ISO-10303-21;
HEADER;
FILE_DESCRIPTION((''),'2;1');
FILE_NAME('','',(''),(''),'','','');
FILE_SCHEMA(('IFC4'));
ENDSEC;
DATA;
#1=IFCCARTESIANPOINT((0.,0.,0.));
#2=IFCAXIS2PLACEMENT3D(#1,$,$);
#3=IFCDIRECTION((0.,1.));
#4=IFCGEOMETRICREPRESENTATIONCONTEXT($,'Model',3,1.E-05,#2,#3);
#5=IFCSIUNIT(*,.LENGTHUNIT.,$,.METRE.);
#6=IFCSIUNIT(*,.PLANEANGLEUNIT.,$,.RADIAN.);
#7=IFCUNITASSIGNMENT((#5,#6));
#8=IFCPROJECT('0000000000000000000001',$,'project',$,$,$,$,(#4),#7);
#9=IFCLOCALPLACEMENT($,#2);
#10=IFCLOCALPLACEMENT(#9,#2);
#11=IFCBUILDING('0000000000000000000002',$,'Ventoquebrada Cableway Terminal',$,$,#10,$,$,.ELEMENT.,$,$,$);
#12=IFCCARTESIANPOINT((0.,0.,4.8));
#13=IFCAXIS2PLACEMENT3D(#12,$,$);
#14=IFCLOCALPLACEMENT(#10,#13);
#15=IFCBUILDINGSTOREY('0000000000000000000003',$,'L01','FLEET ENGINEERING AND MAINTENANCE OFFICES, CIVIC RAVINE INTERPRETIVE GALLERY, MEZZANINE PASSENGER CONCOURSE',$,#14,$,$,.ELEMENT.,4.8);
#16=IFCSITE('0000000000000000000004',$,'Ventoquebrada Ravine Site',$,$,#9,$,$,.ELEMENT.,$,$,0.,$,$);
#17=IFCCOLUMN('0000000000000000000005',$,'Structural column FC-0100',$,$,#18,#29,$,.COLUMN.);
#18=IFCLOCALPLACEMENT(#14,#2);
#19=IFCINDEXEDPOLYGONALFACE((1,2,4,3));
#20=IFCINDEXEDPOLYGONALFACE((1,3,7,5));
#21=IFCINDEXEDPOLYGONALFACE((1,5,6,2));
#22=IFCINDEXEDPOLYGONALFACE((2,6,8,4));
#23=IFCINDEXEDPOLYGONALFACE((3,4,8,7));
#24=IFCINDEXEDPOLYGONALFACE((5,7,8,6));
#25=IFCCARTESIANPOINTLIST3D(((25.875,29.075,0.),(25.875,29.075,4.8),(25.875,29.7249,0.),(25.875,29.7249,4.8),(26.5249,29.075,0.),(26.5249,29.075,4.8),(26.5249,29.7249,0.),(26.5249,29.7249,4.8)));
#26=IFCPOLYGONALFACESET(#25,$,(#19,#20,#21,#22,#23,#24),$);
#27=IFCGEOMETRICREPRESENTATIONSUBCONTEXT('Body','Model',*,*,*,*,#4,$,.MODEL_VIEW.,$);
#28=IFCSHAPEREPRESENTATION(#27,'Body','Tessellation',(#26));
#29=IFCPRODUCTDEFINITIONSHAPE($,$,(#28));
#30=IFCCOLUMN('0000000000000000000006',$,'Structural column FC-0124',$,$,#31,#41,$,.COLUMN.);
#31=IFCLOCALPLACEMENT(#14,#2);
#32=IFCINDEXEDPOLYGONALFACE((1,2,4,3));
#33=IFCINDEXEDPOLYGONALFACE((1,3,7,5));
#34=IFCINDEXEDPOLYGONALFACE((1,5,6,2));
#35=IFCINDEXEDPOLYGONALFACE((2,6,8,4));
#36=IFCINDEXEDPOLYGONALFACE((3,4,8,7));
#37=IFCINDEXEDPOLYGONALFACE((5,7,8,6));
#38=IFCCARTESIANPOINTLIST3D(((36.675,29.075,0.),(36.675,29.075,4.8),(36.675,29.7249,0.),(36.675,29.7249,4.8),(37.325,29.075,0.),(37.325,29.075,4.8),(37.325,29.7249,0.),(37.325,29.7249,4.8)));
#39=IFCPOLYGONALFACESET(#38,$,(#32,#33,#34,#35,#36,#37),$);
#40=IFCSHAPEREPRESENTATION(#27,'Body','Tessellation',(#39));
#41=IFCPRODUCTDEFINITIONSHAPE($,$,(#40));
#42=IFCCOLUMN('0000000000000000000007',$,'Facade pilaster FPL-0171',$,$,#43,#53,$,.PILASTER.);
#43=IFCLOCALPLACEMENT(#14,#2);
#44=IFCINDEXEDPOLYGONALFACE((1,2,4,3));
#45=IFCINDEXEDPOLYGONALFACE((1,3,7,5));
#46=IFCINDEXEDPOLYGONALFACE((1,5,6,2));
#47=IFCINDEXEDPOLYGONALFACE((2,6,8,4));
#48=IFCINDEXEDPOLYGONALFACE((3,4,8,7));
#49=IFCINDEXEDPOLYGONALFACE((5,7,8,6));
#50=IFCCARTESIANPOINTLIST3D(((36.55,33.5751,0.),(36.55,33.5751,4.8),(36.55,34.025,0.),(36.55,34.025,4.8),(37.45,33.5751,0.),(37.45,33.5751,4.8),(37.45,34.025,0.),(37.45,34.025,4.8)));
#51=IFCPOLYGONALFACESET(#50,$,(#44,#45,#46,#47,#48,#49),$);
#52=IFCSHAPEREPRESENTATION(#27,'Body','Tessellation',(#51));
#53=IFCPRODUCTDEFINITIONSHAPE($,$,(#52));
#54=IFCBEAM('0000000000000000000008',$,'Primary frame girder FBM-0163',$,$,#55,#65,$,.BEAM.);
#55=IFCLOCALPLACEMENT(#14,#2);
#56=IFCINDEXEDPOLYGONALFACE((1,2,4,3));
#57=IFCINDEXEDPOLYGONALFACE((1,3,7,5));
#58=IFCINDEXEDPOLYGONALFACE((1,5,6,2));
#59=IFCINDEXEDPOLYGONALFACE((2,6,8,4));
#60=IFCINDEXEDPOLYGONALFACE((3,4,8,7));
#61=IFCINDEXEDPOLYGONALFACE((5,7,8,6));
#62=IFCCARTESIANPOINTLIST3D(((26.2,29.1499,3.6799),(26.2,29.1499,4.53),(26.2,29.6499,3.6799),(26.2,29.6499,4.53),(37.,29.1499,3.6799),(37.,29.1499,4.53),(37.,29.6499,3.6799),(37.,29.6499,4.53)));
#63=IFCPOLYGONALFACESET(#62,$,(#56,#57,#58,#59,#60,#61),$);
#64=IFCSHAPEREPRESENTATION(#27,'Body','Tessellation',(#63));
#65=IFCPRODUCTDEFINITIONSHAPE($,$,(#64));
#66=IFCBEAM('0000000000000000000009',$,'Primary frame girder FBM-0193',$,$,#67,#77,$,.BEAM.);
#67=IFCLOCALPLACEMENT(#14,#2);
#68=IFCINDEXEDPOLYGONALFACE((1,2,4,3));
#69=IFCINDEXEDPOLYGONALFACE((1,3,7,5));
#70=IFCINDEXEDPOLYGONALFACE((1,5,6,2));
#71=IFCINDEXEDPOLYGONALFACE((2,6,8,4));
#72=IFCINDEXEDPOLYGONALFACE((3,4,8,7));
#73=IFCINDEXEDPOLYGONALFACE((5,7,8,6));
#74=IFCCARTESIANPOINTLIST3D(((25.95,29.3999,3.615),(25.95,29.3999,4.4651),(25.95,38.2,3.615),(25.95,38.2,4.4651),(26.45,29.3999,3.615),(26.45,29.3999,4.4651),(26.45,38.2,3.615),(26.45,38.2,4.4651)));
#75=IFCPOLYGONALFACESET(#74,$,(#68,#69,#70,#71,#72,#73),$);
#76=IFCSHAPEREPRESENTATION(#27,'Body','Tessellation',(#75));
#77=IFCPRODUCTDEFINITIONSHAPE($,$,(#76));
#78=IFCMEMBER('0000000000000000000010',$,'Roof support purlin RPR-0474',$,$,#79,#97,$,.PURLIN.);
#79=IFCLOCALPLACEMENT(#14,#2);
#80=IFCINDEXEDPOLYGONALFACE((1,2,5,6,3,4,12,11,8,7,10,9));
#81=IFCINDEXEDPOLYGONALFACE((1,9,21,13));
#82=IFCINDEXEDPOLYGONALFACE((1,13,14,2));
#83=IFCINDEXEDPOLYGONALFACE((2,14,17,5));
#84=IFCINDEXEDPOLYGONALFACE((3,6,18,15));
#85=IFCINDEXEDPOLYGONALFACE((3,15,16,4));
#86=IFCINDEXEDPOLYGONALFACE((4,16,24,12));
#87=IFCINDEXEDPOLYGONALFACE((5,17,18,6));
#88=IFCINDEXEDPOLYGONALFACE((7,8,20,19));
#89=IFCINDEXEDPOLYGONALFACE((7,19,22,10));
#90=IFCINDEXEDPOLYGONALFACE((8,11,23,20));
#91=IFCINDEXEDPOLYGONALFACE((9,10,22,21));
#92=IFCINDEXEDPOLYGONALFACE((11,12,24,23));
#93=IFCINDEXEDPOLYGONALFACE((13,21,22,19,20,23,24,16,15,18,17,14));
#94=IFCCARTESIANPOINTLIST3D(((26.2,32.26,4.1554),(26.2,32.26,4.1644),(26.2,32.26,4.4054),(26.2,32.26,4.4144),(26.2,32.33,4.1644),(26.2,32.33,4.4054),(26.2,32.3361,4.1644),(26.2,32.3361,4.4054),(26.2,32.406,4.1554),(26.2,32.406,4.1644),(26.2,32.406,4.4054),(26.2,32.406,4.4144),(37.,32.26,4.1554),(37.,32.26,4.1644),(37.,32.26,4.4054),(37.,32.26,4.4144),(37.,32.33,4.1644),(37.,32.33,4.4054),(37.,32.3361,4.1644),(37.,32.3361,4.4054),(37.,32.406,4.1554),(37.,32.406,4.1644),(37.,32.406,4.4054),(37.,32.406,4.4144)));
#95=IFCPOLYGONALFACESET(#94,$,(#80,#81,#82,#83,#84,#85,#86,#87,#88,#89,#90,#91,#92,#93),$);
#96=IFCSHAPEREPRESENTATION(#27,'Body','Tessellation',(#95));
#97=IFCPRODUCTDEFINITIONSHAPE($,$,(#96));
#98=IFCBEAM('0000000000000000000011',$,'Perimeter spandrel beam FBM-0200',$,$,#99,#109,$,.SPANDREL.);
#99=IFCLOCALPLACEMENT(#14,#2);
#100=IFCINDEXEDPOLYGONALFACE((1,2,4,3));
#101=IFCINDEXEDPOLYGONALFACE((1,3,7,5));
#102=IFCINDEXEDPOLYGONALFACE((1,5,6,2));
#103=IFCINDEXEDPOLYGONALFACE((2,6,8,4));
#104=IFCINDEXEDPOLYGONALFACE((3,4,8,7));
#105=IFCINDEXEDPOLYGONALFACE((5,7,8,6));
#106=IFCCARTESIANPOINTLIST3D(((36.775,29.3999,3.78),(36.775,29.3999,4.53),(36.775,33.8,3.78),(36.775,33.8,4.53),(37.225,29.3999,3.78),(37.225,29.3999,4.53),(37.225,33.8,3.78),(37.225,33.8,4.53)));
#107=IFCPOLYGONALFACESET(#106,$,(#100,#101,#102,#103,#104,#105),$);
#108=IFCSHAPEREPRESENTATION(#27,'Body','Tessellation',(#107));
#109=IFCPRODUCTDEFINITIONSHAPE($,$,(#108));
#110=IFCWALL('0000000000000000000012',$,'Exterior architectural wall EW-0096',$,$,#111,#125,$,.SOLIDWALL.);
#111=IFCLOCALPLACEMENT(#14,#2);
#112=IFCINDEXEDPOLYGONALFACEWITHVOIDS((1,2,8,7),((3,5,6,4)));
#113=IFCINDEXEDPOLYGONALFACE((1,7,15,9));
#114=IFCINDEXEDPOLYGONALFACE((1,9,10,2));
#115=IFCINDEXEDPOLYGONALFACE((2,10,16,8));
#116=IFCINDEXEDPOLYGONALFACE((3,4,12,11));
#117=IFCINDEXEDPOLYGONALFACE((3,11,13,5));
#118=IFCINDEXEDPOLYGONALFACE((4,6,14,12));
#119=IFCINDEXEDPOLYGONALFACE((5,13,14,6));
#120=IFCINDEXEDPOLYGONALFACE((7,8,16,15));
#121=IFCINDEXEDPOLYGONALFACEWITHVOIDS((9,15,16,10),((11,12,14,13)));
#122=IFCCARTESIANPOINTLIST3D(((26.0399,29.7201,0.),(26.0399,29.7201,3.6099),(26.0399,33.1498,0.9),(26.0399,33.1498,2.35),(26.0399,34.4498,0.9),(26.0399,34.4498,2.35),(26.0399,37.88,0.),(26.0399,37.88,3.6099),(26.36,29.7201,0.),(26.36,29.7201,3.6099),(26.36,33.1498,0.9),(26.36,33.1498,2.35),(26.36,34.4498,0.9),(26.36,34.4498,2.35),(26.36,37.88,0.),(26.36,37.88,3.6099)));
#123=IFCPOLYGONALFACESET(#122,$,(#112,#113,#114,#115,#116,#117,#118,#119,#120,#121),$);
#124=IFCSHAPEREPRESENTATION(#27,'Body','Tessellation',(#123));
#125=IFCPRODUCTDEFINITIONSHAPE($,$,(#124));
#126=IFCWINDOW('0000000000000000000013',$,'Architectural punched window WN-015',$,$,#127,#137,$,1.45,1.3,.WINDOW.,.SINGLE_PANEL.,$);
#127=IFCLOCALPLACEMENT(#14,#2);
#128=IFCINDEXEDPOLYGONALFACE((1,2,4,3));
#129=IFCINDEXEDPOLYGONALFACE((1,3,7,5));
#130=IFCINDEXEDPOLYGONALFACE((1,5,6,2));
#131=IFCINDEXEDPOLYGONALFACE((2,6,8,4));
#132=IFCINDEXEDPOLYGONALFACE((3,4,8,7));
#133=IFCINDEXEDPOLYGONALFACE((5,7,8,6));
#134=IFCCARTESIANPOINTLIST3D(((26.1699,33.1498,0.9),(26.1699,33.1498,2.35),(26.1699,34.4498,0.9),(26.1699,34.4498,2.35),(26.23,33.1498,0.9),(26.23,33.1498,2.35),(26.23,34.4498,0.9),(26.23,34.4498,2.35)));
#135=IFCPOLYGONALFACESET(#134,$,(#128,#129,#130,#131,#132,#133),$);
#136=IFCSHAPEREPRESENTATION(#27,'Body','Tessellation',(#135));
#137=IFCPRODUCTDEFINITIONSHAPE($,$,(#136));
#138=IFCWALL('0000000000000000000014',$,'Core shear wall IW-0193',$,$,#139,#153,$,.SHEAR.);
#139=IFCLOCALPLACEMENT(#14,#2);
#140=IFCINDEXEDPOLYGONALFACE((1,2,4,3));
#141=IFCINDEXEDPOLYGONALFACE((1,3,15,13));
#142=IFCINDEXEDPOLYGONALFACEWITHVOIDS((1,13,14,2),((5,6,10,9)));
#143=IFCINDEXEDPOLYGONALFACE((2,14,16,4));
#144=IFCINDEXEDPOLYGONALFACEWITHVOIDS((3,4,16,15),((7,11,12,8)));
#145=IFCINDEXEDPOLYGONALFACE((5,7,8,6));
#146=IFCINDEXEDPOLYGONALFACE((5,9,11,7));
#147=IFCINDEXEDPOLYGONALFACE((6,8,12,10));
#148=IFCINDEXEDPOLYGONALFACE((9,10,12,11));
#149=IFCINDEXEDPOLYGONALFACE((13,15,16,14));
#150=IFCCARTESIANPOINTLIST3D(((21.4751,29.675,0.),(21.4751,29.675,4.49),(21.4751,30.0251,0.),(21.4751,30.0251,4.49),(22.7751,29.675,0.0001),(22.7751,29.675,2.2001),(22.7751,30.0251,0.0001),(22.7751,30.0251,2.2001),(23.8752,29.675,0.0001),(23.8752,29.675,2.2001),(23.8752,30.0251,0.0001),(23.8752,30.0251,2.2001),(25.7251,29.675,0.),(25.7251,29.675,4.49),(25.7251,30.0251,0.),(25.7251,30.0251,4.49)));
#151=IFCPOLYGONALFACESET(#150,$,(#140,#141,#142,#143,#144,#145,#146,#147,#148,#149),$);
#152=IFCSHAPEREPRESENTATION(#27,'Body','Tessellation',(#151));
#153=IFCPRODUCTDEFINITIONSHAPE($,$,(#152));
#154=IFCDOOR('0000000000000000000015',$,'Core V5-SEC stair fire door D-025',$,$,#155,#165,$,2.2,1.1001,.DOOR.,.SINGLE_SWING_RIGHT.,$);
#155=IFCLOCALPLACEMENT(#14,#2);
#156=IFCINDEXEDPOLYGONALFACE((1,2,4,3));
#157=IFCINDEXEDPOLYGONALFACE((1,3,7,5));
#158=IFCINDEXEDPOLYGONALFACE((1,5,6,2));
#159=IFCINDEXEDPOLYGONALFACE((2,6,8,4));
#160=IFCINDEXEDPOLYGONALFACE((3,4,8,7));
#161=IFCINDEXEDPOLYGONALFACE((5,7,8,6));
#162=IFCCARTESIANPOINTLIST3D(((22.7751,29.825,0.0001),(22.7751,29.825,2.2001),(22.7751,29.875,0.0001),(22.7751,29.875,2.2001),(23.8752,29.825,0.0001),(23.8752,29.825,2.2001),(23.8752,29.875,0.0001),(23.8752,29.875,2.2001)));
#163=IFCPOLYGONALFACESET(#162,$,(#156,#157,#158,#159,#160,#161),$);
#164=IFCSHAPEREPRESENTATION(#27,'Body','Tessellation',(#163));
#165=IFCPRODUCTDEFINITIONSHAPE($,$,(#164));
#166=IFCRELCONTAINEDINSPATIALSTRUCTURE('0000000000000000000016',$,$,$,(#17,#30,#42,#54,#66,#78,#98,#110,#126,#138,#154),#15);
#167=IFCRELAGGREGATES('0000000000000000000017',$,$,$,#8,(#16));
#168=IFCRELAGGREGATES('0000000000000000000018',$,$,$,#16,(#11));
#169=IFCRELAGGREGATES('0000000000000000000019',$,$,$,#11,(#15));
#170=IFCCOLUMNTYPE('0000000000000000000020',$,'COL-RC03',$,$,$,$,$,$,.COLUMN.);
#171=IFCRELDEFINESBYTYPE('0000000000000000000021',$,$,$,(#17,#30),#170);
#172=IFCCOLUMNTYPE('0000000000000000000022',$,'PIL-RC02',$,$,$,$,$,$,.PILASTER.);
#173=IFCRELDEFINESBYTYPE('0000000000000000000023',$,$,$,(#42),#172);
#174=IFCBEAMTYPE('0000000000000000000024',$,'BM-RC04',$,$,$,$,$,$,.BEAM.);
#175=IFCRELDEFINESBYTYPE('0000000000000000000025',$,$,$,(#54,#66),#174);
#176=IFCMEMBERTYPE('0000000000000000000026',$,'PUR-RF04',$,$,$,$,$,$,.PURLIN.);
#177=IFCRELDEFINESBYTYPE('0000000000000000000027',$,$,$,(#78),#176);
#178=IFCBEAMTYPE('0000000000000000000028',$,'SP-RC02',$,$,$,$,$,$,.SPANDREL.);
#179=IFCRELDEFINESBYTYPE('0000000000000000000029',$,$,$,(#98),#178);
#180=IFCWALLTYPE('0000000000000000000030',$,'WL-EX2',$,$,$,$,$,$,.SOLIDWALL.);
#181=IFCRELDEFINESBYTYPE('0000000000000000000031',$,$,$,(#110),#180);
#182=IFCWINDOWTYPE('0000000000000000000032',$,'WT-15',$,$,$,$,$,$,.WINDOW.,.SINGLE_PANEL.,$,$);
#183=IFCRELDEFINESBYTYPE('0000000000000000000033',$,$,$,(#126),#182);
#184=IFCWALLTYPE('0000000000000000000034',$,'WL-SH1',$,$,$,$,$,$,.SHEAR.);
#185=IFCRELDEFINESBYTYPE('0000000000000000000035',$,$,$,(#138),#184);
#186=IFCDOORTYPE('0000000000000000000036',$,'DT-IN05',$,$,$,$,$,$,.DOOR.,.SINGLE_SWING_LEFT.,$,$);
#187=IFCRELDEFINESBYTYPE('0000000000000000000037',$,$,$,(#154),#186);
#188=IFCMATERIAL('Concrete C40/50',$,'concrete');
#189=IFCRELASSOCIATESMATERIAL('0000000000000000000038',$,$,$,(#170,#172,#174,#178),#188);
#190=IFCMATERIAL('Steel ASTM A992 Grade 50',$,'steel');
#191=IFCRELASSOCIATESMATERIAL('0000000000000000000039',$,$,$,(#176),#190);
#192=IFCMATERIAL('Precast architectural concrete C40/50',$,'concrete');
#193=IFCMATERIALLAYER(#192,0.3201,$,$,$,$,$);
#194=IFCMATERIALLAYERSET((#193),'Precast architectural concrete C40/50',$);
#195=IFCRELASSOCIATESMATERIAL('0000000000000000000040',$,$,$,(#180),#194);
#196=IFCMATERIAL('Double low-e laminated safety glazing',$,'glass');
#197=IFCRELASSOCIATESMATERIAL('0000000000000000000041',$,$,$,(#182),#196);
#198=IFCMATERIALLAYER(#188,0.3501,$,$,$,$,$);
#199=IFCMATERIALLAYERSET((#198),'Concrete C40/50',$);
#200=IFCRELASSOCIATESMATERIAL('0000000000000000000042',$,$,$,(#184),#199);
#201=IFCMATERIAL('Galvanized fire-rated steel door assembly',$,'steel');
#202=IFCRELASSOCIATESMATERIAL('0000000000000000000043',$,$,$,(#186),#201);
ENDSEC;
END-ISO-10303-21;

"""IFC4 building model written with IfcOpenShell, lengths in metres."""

from ifc_helpers import new_model, si_unit, direction, frame, frame_2d, origin, origin_2d, place, context, subcontext, project, spatial, rectangle, i_section, extrude, material, layer, layer_set, material_profile, profile_set, type_object, element, fill, save


model = new_model("IFC4")

# Units and contexts
model_context = context("Model", 3, precision=1e-05, world=origin(), true_north=direction((0.0, 1.0)))
body_context = subcontext(model_context, "Body", "Model", "MODEL_VIEW")
ifc_project = project(units=[si_unit("LENGTHUNIT", "METRE"), si_unit("PLANEANGLEUNIT", "RADIAN")], contexts=[model_context])

# Site, building, storey
site_placement = place(None, origin())
site = spatial("IfcSite", under=ifc_project, at=site_placement, Name="Ventoquebrada Ravine Site", CompositionType="ELEMENT", RefElevation=0.0)
building_placement = place(site_placement, origin())
building = spatial("IfcBuilding", under=site, at=building_placement, Name="Ventoquebrada Cableway Terminal", CompositionType="ELEMENT")
storey_placement = place(building_placement, frame((0.0, 0.0, 4.8)))
storey = spatial("IfcBuildingStorey", under=building, at=storey_placement, Name="L01", Description="FLEET ENGINEERING AND MAINTENANCE OFFICES, CIVIC RAVINE INTERPRETIVE GALLERY, MEZZANINE PASSENGER CONCOURSE", CompositionType="ELEMENT", Elevation=4.8)

# Columns
ifc_material_1 = material(Name="Concrete C40/50", Category="concrete")
ifc_material_profile_1 = material_profile(ifc_material_1, rectangle(XDim=0.6499, YDim=0.6499, at=origin_2d()), Name="RC-COL-650X650")
ifc_profile_set_1 = profile_set([ifc_material_profile_1], Name="Concrete C40/50")
column_type_1 = type_object("IfcColumnType", Name="COL-RC03", PredefinedType="COLUMN", material=ifc_profile_set_1)
for number, where, z_axis, x_axis, name in (
    (1, (26.2, 29.3999, 0.0), (0.0, 0.0, 1.0), (1.0, 0.0, 0.0), "Structural column FC-0100"),
    (2, (37.0, 29.3999, 0.0), (0.0, 0.0, 1.0), (1.0, 0.0, 0.0), "Structural column FC-0124"),
):
    element("IfcColumn", number, at=place(storey_placement, frame(where, z_axis=z_axis, x_axis=x_axis)), inside=storey, type_object=column_type_1, Name=name, PredefinedType="COLUMN", context=body_context, shape_type="SweptSolid", body=[
        extrude(rectangle(XDim=0.6499, YDim=0.6499, at=origin_2d()), origin(), (0.0, 0.0, 1.0), 4.8),
    ])
ifc_material_profile_2 = material_profile(ifc_material_1, rectangle(XDim=0.45, YDim=0.8999, at=origin_2d()), Name="RC-PIL-450X900")
ifc_profile_set_2 = profile_set([ifc_material_profile_2], Name="Concrete C40/50")
column_type_2 = type_object("IfcColumnType", Name="PIL-RC02", PredefinedType="PILASTER", material=ifc_profile_set_2)
column_placement = place(storey_placement, frame((37.0, 33.8, 0.0), z_axis=(0.0, 0.0, 1.0), x_axis=(0.0, 1.0, 0.0)))
element("IfcColumn", 3, at=column_placement, inside=storey, type_object=column_type_2, Name="Facade pilaster FPL-0171", PredefinedType="PILASTER", context=body_context, shape_type="SweptSolid", body=[
    extrude(rectangle(XDim=0.45, YDim=0.8999, at=origin_2d()), origin(), (0.0, 0.0, 1.0), 4.8),
])

# Beams
ifc_material_profile_3 = material_profile(ifc_material_1, rectangle(XDim=0.5, YDim=0.8501, at=origin_2d()), Name="RC-BM-500X850")
ifc_profile_set_3 = profile_set([ifc_material_profile_3], Name="Concrete C40/50")
beam_type_1 = type_object("IfcBeamType", Name="BM-RC04", PredefinedType="BEAM", material=ifc_profile_set_3)
beam_1_placement = place(storey_placement, frame((26.2, 29.3999, 4.105), z_axis=(1.0, 0.0, 0.0), x_axis=(0.0, 1.0, 0.0)))
element("IfcBeam", 4, at=beam_1_placement, inside=storey, type_object=beam_type_1, Name="Primary frame girder FBM-0163", PredefinedType="BEAM", context=body_context, shape_type="SweptSolid", body=[
    extrude(rectangle(XDim=0.5, YDim=0.8501, at=origin_2d()), origin(), (0.0, 0.0, 1.0), 10.8),
])
beam_2_placement = place(storey_placement, frame((26.2, 29.3999, 4.04), z_axis=(0.0, 1.0, 0.0), x_axis=(-1.0, 0.0, 0.0)))
element("IfcBeam", 5, at=beam_2_placement, inside=storey, type_object=beam_type_1, Name="Primary frame girder FBM-0193", PredefinedType="BEAM", context=body_context, shape_type="SweptSolid", body=[
    extrude(rectangle(XDim=0.5, YDim=0.8501, at=origin_2d()), origin(), (0.0, 0.0, 1.0), 8.8),
])

# Member
ifc_material_2 = material(Name="Steel ASTM A992 Grade 50", Category="steel")
ifc_material_profile_4 = material_profile(ifc_material_2, i_section(OverallWidth=0.146, OverallDepth=0.259, WebThickness=0.0061, FlangeThickness=0.009, at=origin_2d()), Name="W10X22")
ifc_profile_set_4 = profile_set([ifc_material_profile_4], Name="Steel ASTM A992 Grade 50")
member_type = type_object("IfcMemberType", Name="PUR-RF04", PredefinedType="PURLIN", material=ifc_profile_set_4)
member_placement = place(storey_placement, frame((26.2, 32.333, 4.2849), z_axis=(1.0, 0.0, 0.0), x_axis=(0.0, 1.0, 0.0)))
element("IfcMember", 6, at=member_placement, inside=storey, type_object=member_type, Name="Roof support purlin RPR-0474", PredefinedType="PURLIN", context=body_context, shape_type="SweptSolid", body=[
    extrude(i_section(OverallWidth=0.146, OverallDepth=0.259, WebThickness=0.0061, FlangeThickness=0.009, at=origin_2d()), origin(), (0.0, 0.0, 1.0), 10.8),
])

# Beam
ifc_material_profile_5 = material_profile(ifc_material_1, rectangle(XDim=0.45, YDim=0.75, at=origin_2d()), Name="RC-BM-450X750")
ifc_profile_set_5 = profile_set([ifc_material_profile_5], Name="Concrete C40/50")
beam_type_2 = type_object("IfcBeamType", Name="SP-RC02", PredefinedType="SPANDREL", material=ifc_profile_set_5)
beam_3_placement = place(storey_placement, frame((37.0, 29.3999, 4.155), z_axis=(0.0, 1.0, 0.0), x_axis=(-1.0, 0.0, 0.0)))
element("IfcBeam", 7, at=beam_3_placement, inside=storey, type_object=beam_type_2, Name="Perimeter spandrel beam FBM-0200", PredefinedType="SPANDREL", context=body_context, shape_type="SweptSolid", body=[
    extrude(rectangle(XDim=0.45, YDim=0.75, at=origin_2d()), origin(), (0.0, 0.0, 1.0), 4.4001),
])

# Wall, opening, window
ifc_material_3 = material(Name="Precast architectural concrete C40/50", Category="concrete")
ifc_layer_1 = layer(ifc_material_3, 0.3201)
ifc_layer_set_1 = layer_set([ifc_layer_1], Name="Precast architectural concrete C40/50")
wall_type_1 = type_object("IfcWallType", Name="WL-EX2", PredefinedType="SOLIDWALL", material=ifc_layer_set_1)
wall_1_placement = place(storey_placement, frame((26.2, 29.72, 0.0), z_axis=(0.0, 0.0, 1.0), x_axis=(0.0, 1.0, 0.0)))
wall_1 = element("IfcWall", 8, at=wall_1_placement, inside=storey, type_object=wall_type_1, Name="Exterior architectural wall EW-0096", PredefinedType="SOLIDWALL", context=body_context, shape_type="SweptSolid", body=[
    extrude(rectangle(XDim=8.1599, YDim=0.3201, at=frame_2d((4.0801, 0.0))), origin(), (0.0, 0.0, 1.0), 3.6099),
])
opening_1_placement = place(wall_1_placement, frame((3.4299, 0.0, 0.8999)))
opening_1 = element("IfcOpeningElement", 9, at=opening_1_placement, cuts=wall_1, PredefinedType="OPENING", context=body_context, shape_type="SweptSolid", body=[
    extrude(rectangle(XDim=1.3, YDim=1.45, at=frame_2d((0.6499, 0.7251))), frame((0.0, 0.1699, 0.0), z_axis=(0.0, -1.0, 0.0), x_axis=(1.0, 0.0, 0.0)), (0.0, 0.0, 1.0), 0.3401),
])
ifc_material_4 = material(Name="Double low-e laminated safety glazing", Category="glass")
window_type = type_object("IfcWindowType", Name="WT-15", PartitioningType="SINGLE_PANEL", PredefinedType="WINDOW", material=ifc_material_4)
window_placement = place(opening_1_placement, origin())
window = element("IfcWindow", 10, at=window_placement, inside=storey, type_object=window_type, Name="Architectural punched window WN-015", OverallHeight=1.45, OverallWidth=1.3, PartitioningType="SINGLE_PANEL", PredefinedType="WINDOW", context=body_context, shape_type="SweptSolid", body=[
    extrude(rectangle(XDim=1.3, YDim=1.45, at=frame_2d((0.6499, 0.7251))), frame((0.0, 0.03, 0.0), z_axis=(0.0, -1.0, 0.0), x_axis=(1.0, 0.0, 0.0)), (0.0, 0.0, 1.0), 0.0601),
])
fill(opening_1, window)

# Wall, opening, door
ifc_layer_2 = layer(ifc_material_1, 0.3501)
ifc_layer_set_2 = layer_set([ifc_layer_2], Name="Concrete C40/50")
wall_type_2 = type_object("IfcWallType", Name="WL-SH1", PredefinedType="SHEAR", material=ifc_layer_set_2)
wall_2_placement = place(storey_placement, frame((21.4751, 29.8501, 0.0), z_axis=(0.0, 0.0, 1.0), x_axis=(1.0, 0.0, 0.0)))
wall_2 = element("IfcWall", 11, at=wall_2_placement, inside=storey, type_object=wall_type_2, Name="Core shear wall IW-0193", PredefinedType="SHEAR", context=body_context, shape_type="SweptSolid", body=[
    extrude(rectangle(XDim=4.25, YDim=0.3501, at=frame_2d((2.125, 0.0))), origin(), (0.0, 0.0, 1.0), 4.49),
])
opening_2_placement = place(wall_2_placement, frame((1.3, 0.0, 0.0)))
opening_2 = element("IfcOpeningElement", 12, at=opening_2_placement, cuts=wall_2, PredefinedType="OPENING", context=body_context, shape_type="SweptSolid", body=[
    extrude(rectangle(XDim=1.1001, YDim=2.2, at=frame_2d((0.55, 1.1001))), frame((0.0, 0.1851, 0.0), z_axis=(0.0, -1.0, 0.0), x_axis=(1.0, 0.0, 0.0)), (0.0, 0.0, 1.0), 0.3701),
])
ifc_material_5 = material(Name="Galvanized fire-rated steel door assembly", Category="steel")
door_type = type_object("IfcDoorType", Name="DT-IN05", OperationType="SINGLE_SWING_LEFT", PredefinedType="DOOR", material=ifc_material_5)
door_placement = place(opening_2_placement, origin())
door = element("IfcDoor", 13, at=door_placement, inside=storey, type_object=door_type, Name="Core V5-SEC stair fire door D-025", OperationType="SINGLE_SWING_RIGHT", OverallHeight=2.2, OverallWidth=1.1001, PredefinedType="DOOR", context=body_context, shape_type="SweptSolid", body=[
    extrude(rectangle(XDim=1.1001, YDim=2.2, at=frame_2d((0.55, 1.1001))), frame((0.0, 0.0249, 0.0), z_axis=(0.0, -1.0, 0.0), x_axis=(1.0, 0.0, 0.0)), (0.0, 0.0, 1.0), 0.05),
])
fill(opening_2, door)

save(model, "model.ifc")
